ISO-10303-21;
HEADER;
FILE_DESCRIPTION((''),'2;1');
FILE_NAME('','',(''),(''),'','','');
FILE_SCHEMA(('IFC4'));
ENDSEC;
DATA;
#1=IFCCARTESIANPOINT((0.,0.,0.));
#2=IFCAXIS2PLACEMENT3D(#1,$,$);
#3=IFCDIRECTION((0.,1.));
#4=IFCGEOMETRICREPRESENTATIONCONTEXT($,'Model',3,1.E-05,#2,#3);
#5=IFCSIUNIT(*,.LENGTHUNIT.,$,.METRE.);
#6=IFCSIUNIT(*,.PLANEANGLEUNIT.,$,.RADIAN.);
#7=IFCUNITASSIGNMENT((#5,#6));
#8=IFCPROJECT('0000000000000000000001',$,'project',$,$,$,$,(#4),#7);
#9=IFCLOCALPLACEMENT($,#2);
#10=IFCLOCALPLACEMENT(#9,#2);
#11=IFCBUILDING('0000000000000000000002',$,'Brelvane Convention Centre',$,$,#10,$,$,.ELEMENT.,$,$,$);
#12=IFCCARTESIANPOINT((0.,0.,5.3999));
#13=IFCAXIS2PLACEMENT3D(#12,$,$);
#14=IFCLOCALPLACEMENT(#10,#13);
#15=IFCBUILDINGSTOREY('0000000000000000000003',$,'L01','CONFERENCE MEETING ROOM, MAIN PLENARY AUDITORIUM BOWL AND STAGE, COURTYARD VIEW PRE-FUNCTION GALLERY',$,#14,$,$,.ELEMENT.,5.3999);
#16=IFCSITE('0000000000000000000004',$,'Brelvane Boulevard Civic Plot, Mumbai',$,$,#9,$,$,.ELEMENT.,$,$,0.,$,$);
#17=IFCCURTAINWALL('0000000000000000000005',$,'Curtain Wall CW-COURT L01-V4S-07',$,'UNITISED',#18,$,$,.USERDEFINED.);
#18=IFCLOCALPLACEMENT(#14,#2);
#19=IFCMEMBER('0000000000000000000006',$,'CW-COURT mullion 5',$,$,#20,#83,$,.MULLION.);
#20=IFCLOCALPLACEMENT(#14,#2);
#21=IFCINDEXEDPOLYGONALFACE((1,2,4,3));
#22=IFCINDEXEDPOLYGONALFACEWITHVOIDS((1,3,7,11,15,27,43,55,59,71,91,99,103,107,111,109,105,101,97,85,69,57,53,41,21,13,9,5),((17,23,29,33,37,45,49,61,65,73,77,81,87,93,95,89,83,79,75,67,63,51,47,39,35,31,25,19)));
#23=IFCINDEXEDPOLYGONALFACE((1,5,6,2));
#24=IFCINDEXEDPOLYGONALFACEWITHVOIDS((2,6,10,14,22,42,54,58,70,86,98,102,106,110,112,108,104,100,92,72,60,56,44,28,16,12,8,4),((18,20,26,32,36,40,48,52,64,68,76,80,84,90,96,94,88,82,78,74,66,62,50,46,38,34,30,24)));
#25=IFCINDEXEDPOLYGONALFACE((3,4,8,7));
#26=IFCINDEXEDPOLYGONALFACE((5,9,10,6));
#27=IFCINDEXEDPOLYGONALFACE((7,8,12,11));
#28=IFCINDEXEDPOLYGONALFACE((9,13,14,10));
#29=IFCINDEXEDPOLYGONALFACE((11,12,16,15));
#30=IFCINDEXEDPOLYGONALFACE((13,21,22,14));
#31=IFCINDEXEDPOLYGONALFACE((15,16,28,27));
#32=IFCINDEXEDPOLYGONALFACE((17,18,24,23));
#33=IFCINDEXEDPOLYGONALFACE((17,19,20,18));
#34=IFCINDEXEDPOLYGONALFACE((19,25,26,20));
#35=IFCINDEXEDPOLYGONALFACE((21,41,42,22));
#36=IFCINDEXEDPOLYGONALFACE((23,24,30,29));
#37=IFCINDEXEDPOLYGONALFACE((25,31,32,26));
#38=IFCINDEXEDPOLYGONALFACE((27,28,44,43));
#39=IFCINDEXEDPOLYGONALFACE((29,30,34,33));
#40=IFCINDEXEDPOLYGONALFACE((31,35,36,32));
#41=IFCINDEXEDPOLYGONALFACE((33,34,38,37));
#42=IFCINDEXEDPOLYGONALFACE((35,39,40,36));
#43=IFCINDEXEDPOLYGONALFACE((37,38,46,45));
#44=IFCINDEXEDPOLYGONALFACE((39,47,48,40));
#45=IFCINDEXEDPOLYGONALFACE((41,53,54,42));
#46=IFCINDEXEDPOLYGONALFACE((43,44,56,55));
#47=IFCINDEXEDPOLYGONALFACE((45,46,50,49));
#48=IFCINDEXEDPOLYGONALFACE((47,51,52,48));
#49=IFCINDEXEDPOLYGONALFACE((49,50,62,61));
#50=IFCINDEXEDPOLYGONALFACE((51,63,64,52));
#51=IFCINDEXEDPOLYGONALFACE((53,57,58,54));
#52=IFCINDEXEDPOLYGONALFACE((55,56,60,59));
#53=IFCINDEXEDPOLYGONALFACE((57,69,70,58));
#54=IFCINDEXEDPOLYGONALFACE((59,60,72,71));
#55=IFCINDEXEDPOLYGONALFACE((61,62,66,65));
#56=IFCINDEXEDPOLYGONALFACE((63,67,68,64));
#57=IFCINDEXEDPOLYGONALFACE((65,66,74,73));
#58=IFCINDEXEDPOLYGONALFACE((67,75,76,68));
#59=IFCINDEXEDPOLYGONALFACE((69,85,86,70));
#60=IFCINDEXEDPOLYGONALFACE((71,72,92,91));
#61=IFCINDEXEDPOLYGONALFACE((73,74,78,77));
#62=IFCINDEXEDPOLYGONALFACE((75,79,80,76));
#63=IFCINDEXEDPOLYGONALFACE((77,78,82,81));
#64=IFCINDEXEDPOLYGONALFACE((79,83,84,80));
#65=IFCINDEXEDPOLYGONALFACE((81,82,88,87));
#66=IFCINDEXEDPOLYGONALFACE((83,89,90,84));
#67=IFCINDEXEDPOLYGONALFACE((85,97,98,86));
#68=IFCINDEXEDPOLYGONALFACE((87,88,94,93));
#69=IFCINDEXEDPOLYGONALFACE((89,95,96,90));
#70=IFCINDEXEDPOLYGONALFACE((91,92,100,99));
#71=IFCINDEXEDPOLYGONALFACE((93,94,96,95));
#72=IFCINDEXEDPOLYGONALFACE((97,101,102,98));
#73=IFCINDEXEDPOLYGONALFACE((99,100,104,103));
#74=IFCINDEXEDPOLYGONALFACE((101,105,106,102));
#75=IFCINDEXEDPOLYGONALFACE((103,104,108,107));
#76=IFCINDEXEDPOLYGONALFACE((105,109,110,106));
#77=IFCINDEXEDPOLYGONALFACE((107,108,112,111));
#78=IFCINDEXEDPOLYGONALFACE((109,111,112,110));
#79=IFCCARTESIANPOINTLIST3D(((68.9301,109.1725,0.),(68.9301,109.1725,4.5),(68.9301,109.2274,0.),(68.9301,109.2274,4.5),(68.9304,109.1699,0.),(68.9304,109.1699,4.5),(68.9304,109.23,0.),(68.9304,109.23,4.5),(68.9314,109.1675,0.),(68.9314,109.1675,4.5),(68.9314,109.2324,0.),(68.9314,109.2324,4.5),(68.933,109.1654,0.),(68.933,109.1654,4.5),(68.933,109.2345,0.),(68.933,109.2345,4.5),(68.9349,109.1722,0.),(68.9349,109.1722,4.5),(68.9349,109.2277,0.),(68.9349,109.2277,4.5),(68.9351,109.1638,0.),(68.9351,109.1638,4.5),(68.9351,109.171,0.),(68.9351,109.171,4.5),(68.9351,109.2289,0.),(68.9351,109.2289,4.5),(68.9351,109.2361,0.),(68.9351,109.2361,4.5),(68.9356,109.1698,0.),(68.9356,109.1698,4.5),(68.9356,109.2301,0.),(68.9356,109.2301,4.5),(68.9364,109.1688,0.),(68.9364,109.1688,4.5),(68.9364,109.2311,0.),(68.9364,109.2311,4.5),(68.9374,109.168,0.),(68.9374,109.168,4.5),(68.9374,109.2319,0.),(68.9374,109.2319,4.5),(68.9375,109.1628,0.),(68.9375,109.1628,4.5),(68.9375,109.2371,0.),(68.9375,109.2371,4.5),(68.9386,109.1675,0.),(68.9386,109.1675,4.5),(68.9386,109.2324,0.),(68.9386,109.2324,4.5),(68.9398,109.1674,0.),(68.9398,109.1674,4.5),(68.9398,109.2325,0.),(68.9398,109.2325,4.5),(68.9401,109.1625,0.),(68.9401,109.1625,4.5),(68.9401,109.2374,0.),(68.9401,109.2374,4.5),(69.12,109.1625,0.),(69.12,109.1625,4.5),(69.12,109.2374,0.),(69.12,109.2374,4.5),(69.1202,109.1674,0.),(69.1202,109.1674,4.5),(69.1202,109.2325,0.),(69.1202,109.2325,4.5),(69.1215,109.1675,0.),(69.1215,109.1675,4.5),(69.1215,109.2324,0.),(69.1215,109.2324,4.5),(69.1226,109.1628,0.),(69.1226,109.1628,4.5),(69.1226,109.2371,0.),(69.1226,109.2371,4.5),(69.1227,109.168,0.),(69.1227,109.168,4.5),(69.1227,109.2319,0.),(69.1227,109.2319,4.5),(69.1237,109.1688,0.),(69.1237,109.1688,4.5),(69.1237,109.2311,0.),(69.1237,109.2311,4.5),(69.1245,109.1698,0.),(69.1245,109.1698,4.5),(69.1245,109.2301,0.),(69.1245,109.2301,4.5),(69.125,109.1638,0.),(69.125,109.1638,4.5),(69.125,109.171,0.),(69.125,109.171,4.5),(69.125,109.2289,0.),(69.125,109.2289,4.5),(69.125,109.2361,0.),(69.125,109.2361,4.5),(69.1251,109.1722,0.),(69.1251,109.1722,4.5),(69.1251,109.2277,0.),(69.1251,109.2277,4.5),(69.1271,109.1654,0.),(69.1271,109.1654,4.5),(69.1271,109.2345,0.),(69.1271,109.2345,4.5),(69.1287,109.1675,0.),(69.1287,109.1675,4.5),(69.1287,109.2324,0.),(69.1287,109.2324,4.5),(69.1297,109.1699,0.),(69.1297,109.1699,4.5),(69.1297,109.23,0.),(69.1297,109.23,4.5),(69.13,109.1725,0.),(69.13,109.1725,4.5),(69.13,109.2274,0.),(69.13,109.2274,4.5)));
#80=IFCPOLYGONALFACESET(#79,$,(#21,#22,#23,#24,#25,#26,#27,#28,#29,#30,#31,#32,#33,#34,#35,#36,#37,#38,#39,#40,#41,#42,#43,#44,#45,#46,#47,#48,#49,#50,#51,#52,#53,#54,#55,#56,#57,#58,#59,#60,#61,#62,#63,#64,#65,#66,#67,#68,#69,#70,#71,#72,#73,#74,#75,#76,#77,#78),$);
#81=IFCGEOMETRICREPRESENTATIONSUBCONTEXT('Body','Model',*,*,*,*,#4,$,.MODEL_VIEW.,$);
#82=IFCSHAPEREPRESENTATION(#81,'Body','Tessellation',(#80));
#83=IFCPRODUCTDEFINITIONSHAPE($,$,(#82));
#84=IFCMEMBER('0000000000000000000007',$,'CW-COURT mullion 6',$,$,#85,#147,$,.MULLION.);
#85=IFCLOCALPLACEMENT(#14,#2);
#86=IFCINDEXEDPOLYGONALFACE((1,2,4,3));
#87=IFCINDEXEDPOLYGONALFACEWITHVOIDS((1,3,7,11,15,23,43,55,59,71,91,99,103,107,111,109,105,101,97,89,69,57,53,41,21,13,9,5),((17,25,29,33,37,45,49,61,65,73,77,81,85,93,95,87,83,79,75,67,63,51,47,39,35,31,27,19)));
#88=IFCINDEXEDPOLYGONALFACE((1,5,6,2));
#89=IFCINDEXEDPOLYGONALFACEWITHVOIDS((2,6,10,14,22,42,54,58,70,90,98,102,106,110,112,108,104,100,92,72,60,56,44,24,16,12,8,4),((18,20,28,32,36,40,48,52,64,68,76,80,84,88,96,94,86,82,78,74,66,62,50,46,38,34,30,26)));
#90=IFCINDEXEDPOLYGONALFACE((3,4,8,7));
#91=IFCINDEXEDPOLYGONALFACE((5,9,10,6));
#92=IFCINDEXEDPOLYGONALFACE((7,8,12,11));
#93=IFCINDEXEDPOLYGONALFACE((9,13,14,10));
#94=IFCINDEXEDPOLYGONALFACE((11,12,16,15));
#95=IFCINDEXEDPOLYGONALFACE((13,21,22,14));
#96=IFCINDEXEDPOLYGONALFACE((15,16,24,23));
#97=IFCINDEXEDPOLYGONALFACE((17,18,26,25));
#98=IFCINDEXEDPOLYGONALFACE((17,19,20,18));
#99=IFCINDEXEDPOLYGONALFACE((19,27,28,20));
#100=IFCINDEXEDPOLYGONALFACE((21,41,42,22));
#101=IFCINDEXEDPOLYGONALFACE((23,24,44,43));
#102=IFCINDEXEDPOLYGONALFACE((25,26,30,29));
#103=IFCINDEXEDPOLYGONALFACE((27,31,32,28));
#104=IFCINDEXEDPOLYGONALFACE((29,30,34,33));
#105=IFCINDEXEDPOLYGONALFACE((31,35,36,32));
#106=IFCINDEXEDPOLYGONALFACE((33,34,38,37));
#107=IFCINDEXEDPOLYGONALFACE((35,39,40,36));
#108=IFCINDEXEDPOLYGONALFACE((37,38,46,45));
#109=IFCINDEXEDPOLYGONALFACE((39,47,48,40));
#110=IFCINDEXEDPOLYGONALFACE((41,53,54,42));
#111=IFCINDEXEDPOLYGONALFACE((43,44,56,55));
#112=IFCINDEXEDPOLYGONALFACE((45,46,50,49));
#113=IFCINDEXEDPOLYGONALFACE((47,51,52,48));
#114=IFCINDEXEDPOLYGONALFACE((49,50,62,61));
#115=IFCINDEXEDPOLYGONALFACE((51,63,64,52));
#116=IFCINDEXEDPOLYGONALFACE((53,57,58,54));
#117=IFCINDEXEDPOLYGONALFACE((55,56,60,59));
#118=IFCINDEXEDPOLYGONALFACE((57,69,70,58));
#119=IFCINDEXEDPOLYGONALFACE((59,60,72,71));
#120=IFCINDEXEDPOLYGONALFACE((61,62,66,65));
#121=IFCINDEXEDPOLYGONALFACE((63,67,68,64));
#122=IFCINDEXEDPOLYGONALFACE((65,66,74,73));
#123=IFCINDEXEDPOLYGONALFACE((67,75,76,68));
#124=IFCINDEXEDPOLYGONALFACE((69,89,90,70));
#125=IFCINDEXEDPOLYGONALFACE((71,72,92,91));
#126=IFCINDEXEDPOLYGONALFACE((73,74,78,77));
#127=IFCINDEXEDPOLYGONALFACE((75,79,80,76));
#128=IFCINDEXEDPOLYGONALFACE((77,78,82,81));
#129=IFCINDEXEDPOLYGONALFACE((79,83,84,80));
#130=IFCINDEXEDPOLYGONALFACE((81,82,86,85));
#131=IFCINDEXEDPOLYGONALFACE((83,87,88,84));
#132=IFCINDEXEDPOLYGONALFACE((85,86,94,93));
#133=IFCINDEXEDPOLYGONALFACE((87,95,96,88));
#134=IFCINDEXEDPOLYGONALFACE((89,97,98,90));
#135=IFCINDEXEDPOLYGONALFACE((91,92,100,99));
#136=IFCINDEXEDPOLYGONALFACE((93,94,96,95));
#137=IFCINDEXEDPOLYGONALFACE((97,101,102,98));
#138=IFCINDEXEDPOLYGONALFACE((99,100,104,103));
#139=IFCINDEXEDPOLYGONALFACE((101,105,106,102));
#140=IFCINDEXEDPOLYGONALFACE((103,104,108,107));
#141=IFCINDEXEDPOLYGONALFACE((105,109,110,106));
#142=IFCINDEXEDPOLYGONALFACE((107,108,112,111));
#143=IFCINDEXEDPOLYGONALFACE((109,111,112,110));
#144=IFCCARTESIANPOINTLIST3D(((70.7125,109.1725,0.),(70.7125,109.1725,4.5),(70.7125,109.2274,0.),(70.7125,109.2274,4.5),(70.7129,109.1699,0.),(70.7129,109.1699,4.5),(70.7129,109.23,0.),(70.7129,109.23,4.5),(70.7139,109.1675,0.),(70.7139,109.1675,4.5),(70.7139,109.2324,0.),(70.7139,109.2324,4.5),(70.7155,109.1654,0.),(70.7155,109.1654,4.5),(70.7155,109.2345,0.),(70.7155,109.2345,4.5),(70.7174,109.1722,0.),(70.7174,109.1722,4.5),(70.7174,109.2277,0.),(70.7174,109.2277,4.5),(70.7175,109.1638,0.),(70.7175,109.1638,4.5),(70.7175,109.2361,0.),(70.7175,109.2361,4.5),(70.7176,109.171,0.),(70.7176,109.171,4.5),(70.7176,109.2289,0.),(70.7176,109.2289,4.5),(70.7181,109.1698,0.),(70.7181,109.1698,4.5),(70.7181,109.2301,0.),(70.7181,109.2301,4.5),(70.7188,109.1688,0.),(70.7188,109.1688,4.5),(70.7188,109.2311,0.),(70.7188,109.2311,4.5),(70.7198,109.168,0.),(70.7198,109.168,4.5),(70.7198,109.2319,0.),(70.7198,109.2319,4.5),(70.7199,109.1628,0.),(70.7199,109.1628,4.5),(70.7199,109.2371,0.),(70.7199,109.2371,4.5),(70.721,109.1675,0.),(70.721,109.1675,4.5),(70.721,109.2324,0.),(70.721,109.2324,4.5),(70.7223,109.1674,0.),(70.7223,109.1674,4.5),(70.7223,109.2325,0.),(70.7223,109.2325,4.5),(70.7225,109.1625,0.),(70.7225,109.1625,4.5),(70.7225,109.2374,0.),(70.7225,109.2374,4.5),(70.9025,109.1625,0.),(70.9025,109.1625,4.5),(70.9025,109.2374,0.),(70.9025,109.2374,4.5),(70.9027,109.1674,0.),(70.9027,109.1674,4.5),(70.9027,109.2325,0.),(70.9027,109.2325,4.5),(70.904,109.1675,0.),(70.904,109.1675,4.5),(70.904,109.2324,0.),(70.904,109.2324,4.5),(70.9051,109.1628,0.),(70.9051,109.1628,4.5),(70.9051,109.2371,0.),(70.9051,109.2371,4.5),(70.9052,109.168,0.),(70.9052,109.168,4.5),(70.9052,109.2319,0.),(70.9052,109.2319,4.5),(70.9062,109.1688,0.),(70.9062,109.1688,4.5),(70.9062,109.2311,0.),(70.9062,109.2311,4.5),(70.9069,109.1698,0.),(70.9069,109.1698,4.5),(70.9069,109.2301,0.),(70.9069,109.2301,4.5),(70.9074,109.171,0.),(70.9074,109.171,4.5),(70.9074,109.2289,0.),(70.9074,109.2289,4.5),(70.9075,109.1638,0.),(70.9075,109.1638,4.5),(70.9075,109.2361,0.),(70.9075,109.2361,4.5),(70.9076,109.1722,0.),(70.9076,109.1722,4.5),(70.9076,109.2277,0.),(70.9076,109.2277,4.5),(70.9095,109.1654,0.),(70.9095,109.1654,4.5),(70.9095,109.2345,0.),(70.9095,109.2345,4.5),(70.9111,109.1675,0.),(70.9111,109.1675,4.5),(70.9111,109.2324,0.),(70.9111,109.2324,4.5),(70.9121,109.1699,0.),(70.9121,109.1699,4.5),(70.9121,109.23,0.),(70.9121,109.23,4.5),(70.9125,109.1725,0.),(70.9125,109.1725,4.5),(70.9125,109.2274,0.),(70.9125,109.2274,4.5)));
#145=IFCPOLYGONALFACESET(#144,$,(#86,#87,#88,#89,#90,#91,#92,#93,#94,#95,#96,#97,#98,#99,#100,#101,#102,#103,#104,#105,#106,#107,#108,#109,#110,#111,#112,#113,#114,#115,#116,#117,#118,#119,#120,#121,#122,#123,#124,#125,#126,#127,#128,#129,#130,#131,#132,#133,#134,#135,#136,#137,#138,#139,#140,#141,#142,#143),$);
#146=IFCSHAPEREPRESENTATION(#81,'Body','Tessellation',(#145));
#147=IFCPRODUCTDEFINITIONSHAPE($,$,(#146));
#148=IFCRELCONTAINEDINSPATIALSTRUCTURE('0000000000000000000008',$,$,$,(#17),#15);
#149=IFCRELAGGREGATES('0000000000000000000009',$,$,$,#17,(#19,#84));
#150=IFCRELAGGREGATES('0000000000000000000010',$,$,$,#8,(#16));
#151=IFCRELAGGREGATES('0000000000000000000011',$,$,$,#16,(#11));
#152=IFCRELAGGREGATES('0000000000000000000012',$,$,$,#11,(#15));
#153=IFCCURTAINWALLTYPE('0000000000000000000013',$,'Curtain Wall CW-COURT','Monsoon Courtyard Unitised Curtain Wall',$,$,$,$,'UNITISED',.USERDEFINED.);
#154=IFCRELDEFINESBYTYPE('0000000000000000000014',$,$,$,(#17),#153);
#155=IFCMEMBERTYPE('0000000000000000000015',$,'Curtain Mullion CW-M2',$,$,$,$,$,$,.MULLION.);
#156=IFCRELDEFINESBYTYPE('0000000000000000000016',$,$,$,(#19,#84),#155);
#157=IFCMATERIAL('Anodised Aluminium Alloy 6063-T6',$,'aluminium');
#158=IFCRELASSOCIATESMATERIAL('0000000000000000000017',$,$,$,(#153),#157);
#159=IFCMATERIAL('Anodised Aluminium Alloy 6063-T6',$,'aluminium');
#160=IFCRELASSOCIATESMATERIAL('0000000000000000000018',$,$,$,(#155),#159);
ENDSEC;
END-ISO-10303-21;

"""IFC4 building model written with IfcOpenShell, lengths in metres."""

from ifc_helpers import new_model, si_unit, direction, frame, origin, origin_2d, place, context, subcontext, project, spatial, hollow_rectangle, extrude, material, material_profile, profile_set, type_object, element, aggregate, save


model = new_model("IFC4")

# Units and contexts
model_context = context("Model", 3, precision=1e-05, world=origin(), true_north=direction((0.0, 1.0)))
body_context = subcontext(model_context, "Body", "Model", "MODEL_VIEW")
ifc_project = project(units=[si_unit("LENGTHUNIT", "METRE"), si_unit("PLANEANGLEUNIT", "RADIAN")], contexts=[model_context])

# Site, building, storey
site_placement = place(None, origin())
site = spatial("IfcSite", under=ifc_project, at=site_placement, Name="Brelvane Boulevard Civic Plot, Mumbai", CompositionType="ELEMENT", RefElevation=0.0)
building_placement = place(site_placement, origin())
building = spatial("IfcBuilding", under=site, at=building_placement, Name="Brelvane Convention Centre", CompositionType="ELEMENT")
storey_placement = place(building_placement, frame((0.0, 0.0, 5.3999)))
storey = spatial("IfcBuildingStorey", under=building, at=storey_placement, Name="L01", Description="CONFERENCE MEETING ROOM, MAIN PLENARY AUDITORIUM BOWL AND STAGE, COURTYARD VIEW PRE-FUNCTION GALLERY", CompositionType="ELEMENT", Elevation=5.3999)

# Curtain wall, members
ifc_material_1 = material(Name="Anodised Aluminium Alloy 6063-T6", Category="aluminium")
curtain_wall_type = type_object("IfcCurtainWallType", Name="Curtain Wall CW-COURT", Description="Monsoon Courtyard Unitised Curtain Wall", ElementType="UNITISED", PredefinedType="USERDEFINED", material=ifc_material_1)
curtain_wall_placement = place(storey_placement, origin())
curtain_wall = element("IfcCurtainWall", 1, at=curtain_wall_placement, inside=storey, type_object=curtain_wall_type, Name="Curtain Wall CW-COURT L01-V4S-07", ObjectType="UNITISED", PredefinedType="USERDEFINED")
ifc_material_2 = material(Name="Anodised Aluminium Alloy 6063-T6", Category="aluminium")
ifc_material_profile_1 = material_profile(ifc_material_2, hollow_rectangle(XDim=0.075, YDim=0.2, WallThickness=0.0049, InnerFilletRadius=0.0049, OuterFilletRadius=0.01, at=origin_2d()), Name="ALU-M 200x75x5.0")
ifc_profile_set_1 = profile_set([ifc_material_profile_1], Name="Anodised Aluminium Alloy 6063-T6")
member_type_1 = type_object("IfcMemberType", Name="Curtain Mullion CW-M2", PredefinedType="MULLION", material=ifc_profile_set_1)
member_1_placement = place(storey_placement, frame((69.03, 109.2, 0.0), z_axis=(0.0, 0.0, 1.0), x_axis=(0.0, 1.0, 0.0)))
member_1 = element("IfcMember", 2, at=member_1_placement, type_object=member_type_1, Name="CW-COURT mullion 5", PredefinedType="MULLION", context=body_context, shape_type="SweptSolid", body=[
    extrude(hollow_rectangle(XDim=0.075, YDim=0.2, WallThickness=0.0049, InnerFilletRadius=0.0049, OuterFilletRadius=0.01, at=origin_2d()), origin(), (0.0, 0.0, 1.0), 4.5),
])
member_2_placement = place(storey_placement, frame((70.8125, 109.2, 0.0), z_axis=(0.0, 0.0, 1.0), x_axis=(0.0, 1.0, 0.0)))
member_2 = element("IfcMember", 3, at=member_2_placement, type_object=member_type_1, Name="CW-COURT mullion 6", PredefinedType="MULLION", context=body_context, shape_type="SweptSolid", body=[
    extrude(hollow_rectangle(XDim=0.075, YDim=0.2, WallThickness=0.0049, InnerFilletRadius=0.0049, OuterFilletRadius=0.01, at=origin_2d()), origin(), (0.0, 0.0, 1.0), 4.5),
])

aggregate(curtain_wall, [member_1, member_2])

save(model, "model.ifc")
